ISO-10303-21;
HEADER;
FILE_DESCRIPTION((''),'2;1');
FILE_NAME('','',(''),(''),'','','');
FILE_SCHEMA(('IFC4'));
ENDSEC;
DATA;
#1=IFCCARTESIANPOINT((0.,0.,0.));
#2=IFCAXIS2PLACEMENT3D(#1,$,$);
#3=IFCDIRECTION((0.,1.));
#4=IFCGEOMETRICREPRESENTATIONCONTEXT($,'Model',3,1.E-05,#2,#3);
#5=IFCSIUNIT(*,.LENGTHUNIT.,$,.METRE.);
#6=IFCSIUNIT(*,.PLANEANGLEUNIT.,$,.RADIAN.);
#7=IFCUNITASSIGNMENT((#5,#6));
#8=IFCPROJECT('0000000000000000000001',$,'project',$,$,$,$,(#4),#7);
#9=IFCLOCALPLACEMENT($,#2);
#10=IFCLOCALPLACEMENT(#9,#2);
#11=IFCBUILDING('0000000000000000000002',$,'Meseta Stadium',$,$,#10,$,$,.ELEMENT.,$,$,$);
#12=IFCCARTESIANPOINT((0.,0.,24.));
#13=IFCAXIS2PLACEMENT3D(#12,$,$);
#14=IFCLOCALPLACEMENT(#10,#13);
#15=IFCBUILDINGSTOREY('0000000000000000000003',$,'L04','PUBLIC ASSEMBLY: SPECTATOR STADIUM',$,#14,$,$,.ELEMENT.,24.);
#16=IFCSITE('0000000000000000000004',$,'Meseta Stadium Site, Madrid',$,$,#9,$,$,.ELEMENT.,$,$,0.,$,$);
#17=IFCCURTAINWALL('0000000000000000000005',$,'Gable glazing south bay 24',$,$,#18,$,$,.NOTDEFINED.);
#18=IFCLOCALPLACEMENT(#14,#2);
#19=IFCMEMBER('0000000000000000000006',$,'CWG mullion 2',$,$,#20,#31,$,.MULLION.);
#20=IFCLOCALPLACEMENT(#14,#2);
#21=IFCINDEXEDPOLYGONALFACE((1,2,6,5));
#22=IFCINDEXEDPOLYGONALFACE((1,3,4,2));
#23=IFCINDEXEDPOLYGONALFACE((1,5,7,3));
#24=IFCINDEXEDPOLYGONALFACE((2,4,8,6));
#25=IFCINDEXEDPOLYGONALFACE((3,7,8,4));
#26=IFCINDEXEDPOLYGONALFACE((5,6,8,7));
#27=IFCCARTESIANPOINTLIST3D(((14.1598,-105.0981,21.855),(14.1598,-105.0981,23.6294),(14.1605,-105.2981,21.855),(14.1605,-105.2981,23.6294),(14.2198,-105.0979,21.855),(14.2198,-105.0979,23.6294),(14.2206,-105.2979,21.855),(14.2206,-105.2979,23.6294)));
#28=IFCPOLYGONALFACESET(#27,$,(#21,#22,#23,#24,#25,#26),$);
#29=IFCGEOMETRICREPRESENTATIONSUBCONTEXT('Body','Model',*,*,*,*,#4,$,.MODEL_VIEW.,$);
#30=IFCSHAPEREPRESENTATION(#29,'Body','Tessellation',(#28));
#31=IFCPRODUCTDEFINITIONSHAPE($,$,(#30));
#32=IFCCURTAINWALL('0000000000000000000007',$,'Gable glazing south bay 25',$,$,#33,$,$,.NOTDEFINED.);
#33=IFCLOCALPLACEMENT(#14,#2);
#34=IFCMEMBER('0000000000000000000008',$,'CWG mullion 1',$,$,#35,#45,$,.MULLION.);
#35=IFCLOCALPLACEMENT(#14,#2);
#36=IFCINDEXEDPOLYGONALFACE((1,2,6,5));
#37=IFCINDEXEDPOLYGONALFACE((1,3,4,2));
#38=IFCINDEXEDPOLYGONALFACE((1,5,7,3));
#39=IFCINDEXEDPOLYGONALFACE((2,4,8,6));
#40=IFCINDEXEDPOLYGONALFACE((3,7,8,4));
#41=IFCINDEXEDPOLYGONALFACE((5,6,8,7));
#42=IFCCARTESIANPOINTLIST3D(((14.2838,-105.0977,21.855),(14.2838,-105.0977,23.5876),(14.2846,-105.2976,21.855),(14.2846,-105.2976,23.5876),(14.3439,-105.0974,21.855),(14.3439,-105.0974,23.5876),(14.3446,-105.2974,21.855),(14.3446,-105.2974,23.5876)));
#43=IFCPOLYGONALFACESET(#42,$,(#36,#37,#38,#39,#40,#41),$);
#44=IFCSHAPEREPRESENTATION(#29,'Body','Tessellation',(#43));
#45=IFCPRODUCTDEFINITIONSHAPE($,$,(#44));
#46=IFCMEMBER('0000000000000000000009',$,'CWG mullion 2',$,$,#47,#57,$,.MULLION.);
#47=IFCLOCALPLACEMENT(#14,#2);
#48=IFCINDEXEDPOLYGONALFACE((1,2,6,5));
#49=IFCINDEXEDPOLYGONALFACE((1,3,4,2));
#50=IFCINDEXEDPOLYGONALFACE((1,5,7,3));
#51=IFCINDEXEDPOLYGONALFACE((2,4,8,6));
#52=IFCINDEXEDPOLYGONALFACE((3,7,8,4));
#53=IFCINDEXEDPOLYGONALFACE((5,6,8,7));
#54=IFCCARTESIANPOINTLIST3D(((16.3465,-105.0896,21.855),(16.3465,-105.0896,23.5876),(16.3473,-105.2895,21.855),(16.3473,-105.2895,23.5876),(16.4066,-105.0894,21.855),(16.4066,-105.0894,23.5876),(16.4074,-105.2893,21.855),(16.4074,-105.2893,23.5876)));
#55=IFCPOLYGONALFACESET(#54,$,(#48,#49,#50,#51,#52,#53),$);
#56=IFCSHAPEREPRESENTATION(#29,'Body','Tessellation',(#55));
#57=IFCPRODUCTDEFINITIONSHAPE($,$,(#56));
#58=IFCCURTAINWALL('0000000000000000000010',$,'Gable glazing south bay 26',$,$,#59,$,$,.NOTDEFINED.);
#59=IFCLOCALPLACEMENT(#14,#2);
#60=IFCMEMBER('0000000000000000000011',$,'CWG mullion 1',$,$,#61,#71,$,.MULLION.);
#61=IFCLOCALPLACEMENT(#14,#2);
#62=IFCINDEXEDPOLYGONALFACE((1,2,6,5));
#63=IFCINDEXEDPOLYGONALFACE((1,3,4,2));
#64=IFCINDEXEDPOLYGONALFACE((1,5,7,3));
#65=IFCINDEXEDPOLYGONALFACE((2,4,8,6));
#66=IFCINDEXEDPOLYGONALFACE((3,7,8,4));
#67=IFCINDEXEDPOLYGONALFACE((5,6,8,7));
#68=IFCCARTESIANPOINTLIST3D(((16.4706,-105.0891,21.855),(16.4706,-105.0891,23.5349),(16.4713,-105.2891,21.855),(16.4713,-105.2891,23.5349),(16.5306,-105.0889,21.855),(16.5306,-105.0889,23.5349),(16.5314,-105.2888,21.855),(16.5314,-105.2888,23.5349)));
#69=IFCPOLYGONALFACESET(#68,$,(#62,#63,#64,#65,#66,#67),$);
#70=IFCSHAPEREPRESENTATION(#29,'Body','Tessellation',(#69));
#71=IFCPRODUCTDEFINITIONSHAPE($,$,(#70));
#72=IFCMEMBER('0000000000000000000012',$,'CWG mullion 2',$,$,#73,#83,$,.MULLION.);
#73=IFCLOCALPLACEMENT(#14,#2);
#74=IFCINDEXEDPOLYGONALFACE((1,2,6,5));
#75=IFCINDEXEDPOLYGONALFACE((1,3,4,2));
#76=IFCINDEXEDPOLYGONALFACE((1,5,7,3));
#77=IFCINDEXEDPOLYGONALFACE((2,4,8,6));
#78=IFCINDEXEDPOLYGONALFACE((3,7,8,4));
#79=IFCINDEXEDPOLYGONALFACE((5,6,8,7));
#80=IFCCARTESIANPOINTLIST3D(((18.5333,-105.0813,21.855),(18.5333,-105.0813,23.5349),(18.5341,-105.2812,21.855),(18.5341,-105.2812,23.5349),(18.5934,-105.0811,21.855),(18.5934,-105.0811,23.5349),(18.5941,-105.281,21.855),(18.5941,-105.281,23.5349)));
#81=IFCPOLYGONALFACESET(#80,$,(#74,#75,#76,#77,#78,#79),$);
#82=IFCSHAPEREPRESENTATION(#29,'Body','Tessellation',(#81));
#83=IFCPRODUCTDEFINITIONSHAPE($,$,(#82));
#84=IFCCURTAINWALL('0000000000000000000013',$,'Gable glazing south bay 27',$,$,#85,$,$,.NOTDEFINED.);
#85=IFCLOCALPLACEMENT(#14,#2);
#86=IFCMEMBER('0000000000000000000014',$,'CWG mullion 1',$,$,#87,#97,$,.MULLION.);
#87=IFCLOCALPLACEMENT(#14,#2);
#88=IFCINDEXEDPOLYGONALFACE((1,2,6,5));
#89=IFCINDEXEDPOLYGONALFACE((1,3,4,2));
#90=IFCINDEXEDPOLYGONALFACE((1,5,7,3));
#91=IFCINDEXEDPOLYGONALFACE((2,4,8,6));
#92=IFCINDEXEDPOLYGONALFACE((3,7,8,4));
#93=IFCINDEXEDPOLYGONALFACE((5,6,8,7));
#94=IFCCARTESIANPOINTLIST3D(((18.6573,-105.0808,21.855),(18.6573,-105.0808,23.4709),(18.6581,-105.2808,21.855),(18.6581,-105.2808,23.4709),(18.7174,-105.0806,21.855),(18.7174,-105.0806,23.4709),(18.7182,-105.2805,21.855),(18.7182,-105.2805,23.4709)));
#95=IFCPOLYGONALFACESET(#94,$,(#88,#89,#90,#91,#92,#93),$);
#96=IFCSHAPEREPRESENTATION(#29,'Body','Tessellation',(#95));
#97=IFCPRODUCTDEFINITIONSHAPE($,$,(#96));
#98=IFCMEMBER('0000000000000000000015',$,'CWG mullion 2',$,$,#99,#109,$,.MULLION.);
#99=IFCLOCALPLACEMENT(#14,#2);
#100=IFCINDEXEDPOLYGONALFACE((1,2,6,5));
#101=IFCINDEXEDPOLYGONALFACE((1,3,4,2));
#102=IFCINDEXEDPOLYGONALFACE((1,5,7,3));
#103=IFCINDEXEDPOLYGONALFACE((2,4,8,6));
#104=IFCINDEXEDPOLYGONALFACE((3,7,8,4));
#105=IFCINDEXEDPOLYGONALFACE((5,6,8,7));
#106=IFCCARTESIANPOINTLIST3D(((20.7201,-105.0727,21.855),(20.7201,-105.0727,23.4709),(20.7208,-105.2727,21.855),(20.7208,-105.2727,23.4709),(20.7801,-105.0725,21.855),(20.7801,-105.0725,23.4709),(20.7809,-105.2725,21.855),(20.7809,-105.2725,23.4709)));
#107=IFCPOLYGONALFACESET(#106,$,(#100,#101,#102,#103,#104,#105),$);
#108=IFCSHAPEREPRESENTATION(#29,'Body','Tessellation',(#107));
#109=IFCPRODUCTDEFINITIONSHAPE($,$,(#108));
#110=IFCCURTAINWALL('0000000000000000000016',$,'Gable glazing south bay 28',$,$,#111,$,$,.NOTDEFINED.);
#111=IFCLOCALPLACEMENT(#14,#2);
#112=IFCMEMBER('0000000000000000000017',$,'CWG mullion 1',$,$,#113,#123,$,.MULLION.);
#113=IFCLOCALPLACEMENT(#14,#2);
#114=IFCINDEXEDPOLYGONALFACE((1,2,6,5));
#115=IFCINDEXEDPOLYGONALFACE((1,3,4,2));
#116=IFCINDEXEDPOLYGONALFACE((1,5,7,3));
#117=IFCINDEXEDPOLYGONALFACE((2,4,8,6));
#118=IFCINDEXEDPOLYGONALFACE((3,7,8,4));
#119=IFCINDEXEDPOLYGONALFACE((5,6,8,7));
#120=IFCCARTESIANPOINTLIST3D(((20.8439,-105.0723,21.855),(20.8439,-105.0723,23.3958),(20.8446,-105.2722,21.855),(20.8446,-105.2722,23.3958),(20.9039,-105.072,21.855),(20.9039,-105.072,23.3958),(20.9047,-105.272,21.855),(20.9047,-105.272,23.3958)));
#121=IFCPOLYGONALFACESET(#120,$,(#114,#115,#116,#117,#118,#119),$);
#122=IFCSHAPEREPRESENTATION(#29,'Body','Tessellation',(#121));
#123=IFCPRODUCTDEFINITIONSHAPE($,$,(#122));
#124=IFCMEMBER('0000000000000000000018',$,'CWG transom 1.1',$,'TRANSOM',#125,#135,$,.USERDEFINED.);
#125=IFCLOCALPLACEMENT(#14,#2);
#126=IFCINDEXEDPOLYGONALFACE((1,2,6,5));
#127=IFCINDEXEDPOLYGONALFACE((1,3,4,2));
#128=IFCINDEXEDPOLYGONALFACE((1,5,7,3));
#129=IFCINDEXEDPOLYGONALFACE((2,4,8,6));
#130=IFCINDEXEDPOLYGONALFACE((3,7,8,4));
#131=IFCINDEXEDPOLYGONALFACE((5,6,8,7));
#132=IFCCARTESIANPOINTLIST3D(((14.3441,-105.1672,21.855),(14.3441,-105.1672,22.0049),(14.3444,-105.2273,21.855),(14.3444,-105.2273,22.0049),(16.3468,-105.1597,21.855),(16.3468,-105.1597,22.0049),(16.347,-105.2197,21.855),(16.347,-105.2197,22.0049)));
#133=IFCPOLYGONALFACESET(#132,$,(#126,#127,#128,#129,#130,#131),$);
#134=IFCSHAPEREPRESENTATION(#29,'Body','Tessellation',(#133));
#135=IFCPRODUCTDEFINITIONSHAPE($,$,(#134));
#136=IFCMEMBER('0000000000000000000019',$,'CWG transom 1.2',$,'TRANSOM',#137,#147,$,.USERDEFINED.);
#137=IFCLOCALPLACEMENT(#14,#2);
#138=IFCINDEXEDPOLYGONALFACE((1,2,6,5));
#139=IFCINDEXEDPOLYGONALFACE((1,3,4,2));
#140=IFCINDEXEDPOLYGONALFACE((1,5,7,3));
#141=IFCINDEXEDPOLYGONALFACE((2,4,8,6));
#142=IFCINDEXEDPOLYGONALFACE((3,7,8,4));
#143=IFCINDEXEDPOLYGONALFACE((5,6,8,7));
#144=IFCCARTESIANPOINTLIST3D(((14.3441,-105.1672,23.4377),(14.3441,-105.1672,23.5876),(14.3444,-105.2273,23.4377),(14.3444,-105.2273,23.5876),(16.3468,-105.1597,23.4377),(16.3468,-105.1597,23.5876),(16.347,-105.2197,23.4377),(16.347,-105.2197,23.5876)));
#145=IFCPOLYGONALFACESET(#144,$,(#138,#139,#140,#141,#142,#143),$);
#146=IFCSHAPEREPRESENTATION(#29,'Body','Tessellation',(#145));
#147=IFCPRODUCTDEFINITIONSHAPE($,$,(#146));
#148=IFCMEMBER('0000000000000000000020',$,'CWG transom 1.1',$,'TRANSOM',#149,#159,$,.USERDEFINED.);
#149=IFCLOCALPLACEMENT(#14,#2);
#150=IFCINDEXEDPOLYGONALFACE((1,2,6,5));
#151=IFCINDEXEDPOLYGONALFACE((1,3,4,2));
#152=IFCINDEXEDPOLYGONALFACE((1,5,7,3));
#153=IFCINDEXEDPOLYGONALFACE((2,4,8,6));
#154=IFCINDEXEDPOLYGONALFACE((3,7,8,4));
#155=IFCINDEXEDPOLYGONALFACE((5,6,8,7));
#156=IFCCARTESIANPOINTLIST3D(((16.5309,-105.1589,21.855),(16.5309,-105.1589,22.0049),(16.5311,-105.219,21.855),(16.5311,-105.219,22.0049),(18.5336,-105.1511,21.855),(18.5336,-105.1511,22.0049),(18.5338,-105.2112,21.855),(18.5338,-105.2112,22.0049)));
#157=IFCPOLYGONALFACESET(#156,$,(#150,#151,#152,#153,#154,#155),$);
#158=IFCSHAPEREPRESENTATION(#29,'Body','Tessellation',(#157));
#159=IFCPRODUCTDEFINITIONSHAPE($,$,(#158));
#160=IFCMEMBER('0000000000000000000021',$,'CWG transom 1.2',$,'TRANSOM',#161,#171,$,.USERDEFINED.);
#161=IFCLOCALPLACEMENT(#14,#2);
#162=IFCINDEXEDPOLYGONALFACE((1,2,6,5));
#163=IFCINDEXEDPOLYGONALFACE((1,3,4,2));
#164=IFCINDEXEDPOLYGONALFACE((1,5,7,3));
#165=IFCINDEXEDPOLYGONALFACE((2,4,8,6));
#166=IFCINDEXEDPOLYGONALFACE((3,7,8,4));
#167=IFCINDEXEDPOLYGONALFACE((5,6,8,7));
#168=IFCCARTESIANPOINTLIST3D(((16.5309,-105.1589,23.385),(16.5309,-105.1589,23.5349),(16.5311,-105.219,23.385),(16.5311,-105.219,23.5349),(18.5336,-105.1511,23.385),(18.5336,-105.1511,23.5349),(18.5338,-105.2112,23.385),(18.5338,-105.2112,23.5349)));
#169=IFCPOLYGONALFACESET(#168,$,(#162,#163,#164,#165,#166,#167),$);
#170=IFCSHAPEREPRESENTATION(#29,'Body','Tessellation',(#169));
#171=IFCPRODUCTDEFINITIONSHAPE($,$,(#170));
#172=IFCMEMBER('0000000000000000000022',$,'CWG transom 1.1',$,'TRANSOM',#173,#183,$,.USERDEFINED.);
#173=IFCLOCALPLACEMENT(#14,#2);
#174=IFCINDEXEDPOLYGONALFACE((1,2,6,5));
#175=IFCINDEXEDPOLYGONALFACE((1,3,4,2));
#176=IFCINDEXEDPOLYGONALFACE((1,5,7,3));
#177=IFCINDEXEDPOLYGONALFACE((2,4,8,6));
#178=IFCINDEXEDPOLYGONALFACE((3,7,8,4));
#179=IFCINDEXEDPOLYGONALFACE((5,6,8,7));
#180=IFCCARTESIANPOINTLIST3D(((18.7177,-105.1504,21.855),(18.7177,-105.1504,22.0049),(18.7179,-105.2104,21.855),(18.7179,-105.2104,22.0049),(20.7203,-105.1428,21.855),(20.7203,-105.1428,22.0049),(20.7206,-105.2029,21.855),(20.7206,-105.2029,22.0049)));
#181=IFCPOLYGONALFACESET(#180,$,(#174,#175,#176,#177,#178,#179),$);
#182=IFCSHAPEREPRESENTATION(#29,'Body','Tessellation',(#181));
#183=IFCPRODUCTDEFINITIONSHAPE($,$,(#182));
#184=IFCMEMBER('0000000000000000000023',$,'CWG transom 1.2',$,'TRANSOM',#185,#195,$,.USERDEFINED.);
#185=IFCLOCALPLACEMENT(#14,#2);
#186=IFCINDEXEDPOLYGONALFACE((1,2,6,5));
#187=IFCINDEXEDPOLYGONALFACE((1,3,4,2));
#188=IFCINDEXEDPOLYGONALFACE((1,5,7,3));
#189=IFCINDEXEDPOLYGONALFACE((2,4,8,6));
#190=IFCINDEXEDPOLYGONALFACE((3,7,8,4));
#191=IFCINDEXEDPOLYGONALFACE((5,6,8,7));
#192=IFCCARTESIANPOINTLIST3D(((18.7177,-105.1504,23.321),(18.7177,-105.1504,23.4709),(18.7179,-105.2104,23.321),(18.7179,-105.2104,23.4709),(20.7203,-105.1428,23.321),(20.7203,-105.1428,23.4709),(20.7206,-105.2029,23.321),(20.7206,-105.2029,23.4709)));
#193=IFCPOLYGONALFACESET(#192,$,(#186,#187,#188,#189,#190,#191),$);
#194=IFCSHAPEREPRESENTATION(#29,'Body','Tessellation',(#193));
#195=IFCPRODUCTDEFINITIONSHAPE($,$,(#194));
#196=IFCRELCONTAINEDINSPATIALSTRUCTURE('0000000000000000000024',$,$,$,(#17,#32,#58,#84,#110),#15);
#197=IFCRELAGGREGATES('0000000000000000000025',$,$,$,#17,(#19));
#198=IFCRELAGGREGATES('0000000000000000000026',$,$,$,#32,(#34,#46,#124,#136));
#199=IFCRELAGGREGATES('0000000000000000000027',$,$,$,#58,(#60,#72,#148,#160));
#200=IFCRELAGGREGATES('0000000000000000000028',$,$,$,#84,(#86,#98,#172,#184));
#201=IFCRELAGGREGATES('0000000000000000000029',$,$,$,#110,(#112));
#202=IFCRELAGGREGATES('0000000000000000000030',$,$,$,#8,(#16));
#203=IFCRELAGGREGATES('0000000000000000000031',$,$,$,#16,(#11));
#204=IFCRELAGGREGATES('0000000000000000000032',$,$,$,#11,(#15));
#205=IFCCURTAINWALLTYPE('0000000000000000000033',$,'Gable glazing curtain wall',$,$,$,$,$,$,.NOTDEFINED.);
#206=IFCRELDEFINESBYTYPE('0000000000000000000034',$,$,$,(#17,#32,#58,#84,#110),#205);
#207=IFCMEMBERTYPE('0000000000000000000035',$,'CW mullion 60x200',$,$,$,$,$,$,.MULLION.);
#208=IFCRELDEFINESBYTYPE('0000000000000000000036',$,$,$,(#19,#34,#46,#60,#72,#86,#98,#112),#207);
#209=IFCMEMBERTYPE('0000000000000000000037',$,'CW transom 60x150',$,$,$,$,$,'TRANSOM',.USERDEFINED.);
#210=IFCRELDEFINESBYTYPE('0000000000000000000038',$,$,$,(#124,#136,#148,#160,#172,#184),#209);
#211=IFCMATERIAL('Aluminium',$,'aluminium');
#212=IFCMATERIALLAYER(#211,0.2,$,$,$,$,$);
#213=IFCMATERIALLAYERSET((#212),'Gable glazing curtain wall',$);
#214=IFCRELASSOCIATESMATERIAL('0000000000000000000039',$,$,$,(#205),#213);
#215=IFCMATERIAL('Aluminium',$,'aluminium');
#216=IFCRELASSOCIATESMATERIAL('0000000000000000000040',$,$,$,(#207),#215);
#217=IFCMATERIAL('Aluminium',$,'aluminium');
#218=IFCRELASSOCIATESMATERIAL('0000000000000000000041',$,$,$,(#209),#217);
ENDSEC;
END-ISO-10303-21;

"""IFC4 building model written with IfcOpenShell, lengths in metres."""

from ifc_helpers import new_model, si_unit, direction, frame, origin, origin_2d, place, context, subcontext, project, spatial, rectangle, extrude, material, layer, layer_set, material_profile, profile_set, type_object, element, aggregate, save


model = new_model("IFC4")

# Units and contexts
model_context = context("Model", 3, precision=1e-05, world=origin(), true_north=direction((0.0, 1.0)))
body_context = subcontext(model_context, "Body", "Model", "MODEL_VIEW")
ifc_project = project(units=[si_unit("LENGTHUNIT", "METRE"), si_unit("PLANEANGLEUNIT", "RADIAN")], contexts=[model_context])

# Site, building, storey
site_placement = place(None, origin())
site = spatial("IfcSite", under=ifc_project, at=site_placement, Name="Meseta Stadium Site, Madrid", CompositionType="ELEMENT", RefElevation=0.0)
building_placement = place(site_placement, origin())
building = spatial("IfcBuilding", under=site, at=building_placement, Name="Meseta Stadium", CompositionType="ELEMENT")
storey_placement = place(building_placement, frame((0.0, 0.0, 24.0)))
storey = spatial("IfcBuildingStorey", under=building, at=storey_placement, Name="L04", Description="PUBLIC ASSEMBLY: SPECTATOR STADIUM", CompositionType="ELEMENT", Elevation=24.0)

# Curtain wall, member
ifc_material_1 = material(Name="Aluminium", Category="aluminium")
ifc_layer_1 = layer(ifc_material_1, 0.2)
ifc_layer_set_1 = layer_set([ifc_layer_1], Name="Gable glazing curtain wall")
curtain_wall_type = type_object("IfcCurtainWallType", Name="Gable glazing curtain wall", PredefinedType="NOTDEFINED", material=ifc_layer_set_1)
curtain_wall_1_placement = place(storey_placement, origin())
curtain_wall_1 = element("IfcCurtainWall", 1, at=curtain_wall_1_placement, inside=storey, type_object=curtain_wall_type, Name="Gable glazing south bay 24", PredefinedType="NOTDEFINED")
ifc_material_2 = material(Name="Aluminium", Category="aluminium")
ifc_material_profile_1 = material_profile(ifc_material_2, rectangle(XDim=0.2, YDim=0.0601, at=origin_2d()), Name="CW 200x60")
ifc_profile_set_1 = profile_set([ifc_material_profile_1], Name="Aluminium")
member_type_1 = type_object("IfcMemberType", Name="CW mullion 60x200", PredefinedType="MULLION", material=ifc_profile_set_1)
member_1_placement = place(storey_placement, frame((14.1902, -105.198, 21.855), z_axis=(0.0, 0.0, 1.0), x_axis=(-0.003848, 0.999993, 0.0)))
member_1 = element("IfcMember", 2, at=member_1_placement, type_object=member_type_1, Name="CWG mullion 2", PredefinedType="MULLION", context=body_context, shape_type="SweptSolid", body=[
    extrude(rectangle(XDim=0.2, YDim=0.0601, at=origin_2d()), origin(), (0.0, 0.0, 1.0), 1.7744),
])
aggregate(curtain_wall_1, [member_1])

# Curtain walls, members
curtain_wall_2_placement = place(storey_placement, origin())
curtain_wall_2 = element("IfcCurtainWall", 3, at=curtain_wall_2_placement, inside=storey, type_object=curtain_wall_type, Name="Gable glazing south bay 25", PredefinedType="NOTDEFINED")
member_2_placement = place(storey_placement, frame((14.3142, -105.1975, 21.855), z_axis=(0.0, 0.0, 1.0), x_axis=(-0.003848, 0.999993, 0.0)))
member_2 = element("IfcMember", 4, at=member_2_placement, type_object=member_type_1, Name="CWG mullion 1", PredefinedType="MULLION", context=body_context, shape_type="SweptSolid", body=[
    extrude(rectangle(XDim=0.2, YDim=0.0601, at=origin_2d()), origin(), (0.0, 0.0, 1.0), 1.7327),
])
member_3_placement = place(storey_placement, frame((16.377, -105.1895, 21.855), z_axis=(0.0, 0.0, 1.0), x_axis=(-0.003848, 0.999993, 0.0)))
member_3 = element("IfcMember", 5, at=member_3_placement, type_object=member_type_1, Name="CWG mullion 2", PredefinedType="MULLION", context=body_context, shape_type="SweptSolid", body=[
    extrude(rectangle(XDim=0.2, YDim=0.0601, at=origin_2d()), origin(), (0.0, 0.0, 1.0), 1.7327),
])
curtain_wall_3_placement = place(storey_placement, origin())
curtain_wall_3 = element("IfcCurtainWall", 6, at=curtain_wall_3_placement, inside=storey, type_object=curtain_wall_type, Name="Gable glazing south bay 26", PredefinedType="NOTDEFINED")
member_4_placement = place(storey_placement, frame((16.501, -105.189, 21.855), z_axis=(0.0, 0.0, 1.0), x_axis=(-0.003848, 0.999993, 0.0)))
member_4 = element("IfcMember", 7, at=member_4_placement, type_object=member_type_1, Name="CWG mullion 1", PredefinedType="MULLION", context=body_context, shape_type="SweptSolid", body=[
    extrude(rectangle(XDim=0.2, YDim=0.0601, at=origin_2d()), origin(), (0.0, 0.0, 1.0), 1.6799),
])
member_5_placement = place(storey_placement, frame((18.5637, -105.1812, 21.855), z_axis=(0.0, 0.0, 1.0), x_axis=(-0.003848, 0.999993, 0.0)))
member_5 = element("IfcMember", 8, at=member_5_placement, type_object=member_type_1, Name="CWG mullion 2", PredefinedType="MULLION", context=body_context, shape_type="SweptSolid", body=[
    extrude(rectangle(XDim=0.2, YDim=0.0601, at=origin_2d()), origin(), (0.0, 0.0, 1.0), 1.6799),
])
curtain_wall_4_placement = place(storey_placement, origin())
curtain_wall_4 = element("IfcCurtainWall", 9, at=curtain_wall_4_placement, inside=storey, type_object=curtain_wall_type, Name="Gable glazing south bay 27", PredefinedType="NOTDEFINED")
member_6_placement = place(storey_placement, frame((18.6877, -105.1807, 21.855), z_axis=(0.0, 0.0, 1.0), x_axis=(-0.003848, 0.999993, 0.0)))
member_6 = element("IfcMember", 10, at=member_6_placement, type_object=member_type_1, Name="CWG mullion 1", PredefinedType="MULLION", context=body_context, shape_type="SweptSolid", body=[
    extrude(rectangle(XDim=0.2, YDim=0.0601, at=origin_2d()), origin(), (0.0, 0.0, 1.0), 1.616),
])
member_7_placement = place(storey_placement, frame((20.7505, -105.1726, 21.855), z_axis=(0.0, 0.0, 1.0), x_axis=(-0.003848, 0.999993, 0.0)))
member_7 = element("IfcMember", 11, at=member_7_placement, type_object=member_type_1, Name="CWG mullion 2", PredefinedType="MULLION", context=body_context, shape_type="SweptSolid", body=[
    extrude(rectangle(XDim=0.2, YDim=0.0601, at=origin_2d()), origin(), (0.0, 0.0, 1.0), 1.616),
])

# Curtain wall, member
curtain_wall_5_placement = place(storey_placement, origin())
curtain_wall_5 = element("IfcCurtainWall", 12, at=curtain_wall_5_placement, inside=storey, type_object=curtain_wall_type, Name="Gable glazing south bay 28", PredefinedType="NOTDEFINED")
member_8_placement = place(storey_placement, frame((20.8743, -105.1721, 21.855), z_axis=(0.0, 0.0, 1.0), x_axis=(-0.003848, 0.999993, 0.0)))
member_8 = element("IfcMember", 13, at=member_8_placement, type_object=member_type_1, Name="CWG mullion 1", PredefinedType="MULLION", context=body_context, shape_type="SweptSolid", body=[
    extrude(rectangle(XDim=0.2, YDim=0.0601, at=origin_2d()), origin(), (0.0, 0.0, 1.0), 1.5408),
])

# Members
ifc_material_3 = material(Name="Aluminium", Category="aluminium")
ifc_material_profile_2 = material_profile(ifc_material_3, rectangle(XDim=0.0601, YDim=0.1499, at=origin_2d()), Name="CW 60x150")
ifc_profile_set_2 = profile_set([ifc_material_profile_2], Name="Aluminium")
member_type_2 = type_object("IfcMemberType", Name="CW transom 60x150", ElementType="TRANSOM", PredefinedType="USERDEFINED", material=ifc_profile_set_2)
member_9_placement = place(storey_placement, frame((14.3442, -105.1973, 21.9299), z_axis=(0.999993, 0.003779, 0.0), x_axis=(-0.003779, 0.999993, 0.0)))
member_9 = element("IfcMember", 14, at=member_9_placement, type_object=member_type_2, Name="CWG transom 1.1", ObjectType="TRANSOM", PredefinedType="USERDEFINED", context=body_context, shape_type="SweptSolid", body=[
    extrude(rectangle(XDim=0.0601, YDim=0.1499, at=origin_2d()), origin(), (0.0, 0.0, 1.0), 2.0027),
])
member_10_placement = place(storey_placement, frame((14.3442, -105.1973, 23.5127), z_axis=(0.999993, 0.003779, 0.0), x_axis=(-0.003779, 0.999993, 0.0)))
member_10 = element("IfcMember", 15, at=member_10_placement, type_object=member_type_2, Name="CWG transom 1.2", ObjectType="TRANSOM", PredefinedType="USERDEFINED", context=body_context, shape_type="SweptSolid", body=[
    extrude(rectangle(XDim=0.0601, YDim=0.1499, at=origin_2d()), origin(), (0.0, 0.0, 1.0), 2.0027),
])
member_11_placement = place(storey_placement, frame((16.531, -105.189, 21.9299), z_axis=(0.999992, 0.003901, 0.0), x_axis=(-0.003901, 0.999992, 0.0)))
member_11 = element("IfcMember", 16, at=member_11_placement, type_object=member_type_2, Name="CWG transom 1.1", ObjectType="TRANSOM", PredefinedType="USERDEFINED", context=body_context, shape_type="SweptSolid", body=[
    extrude(rectangle(XDim=0.0601, YDim=0.1499, at=origin_2d()), origin(), (0.0, 0.0, 1.0), 2.0027),
])
member_12_placement = place(storey_placement, frame((16.531, -105.189, 23.46), z_axis=(0.999992, 0.003901, 0.0), x_axis=(-0.003901, 0.999992, 0.0)))
member_12 = element("IfcMember", 17, at=member_12_placement, type_object=member_type_2, Name="CWG transom 1.2", ObjectType="TRANSOM", PredefinedType="USERDEFINED", context=body_context, shape_type="SweptSolid", body=[
    extrude(rectangle(XDim=0.0601, YDim=0.1499, at=origin_2d()), origin(), (0.0, 0.0, 1.0), 2.0027),
])
member_13_placement = place(storey_placement, frame((18.7178, -105.1804, 21.9299), z_axis=(0.999993, 0.003779, 0.0), x_axis=(-0.003779, 0.999993, 0.0)))
member_13 = element("IfcMember", 18, at=member_13_placement, type_object=member_type_2, Name="CWG transom 1.1", ObjectType="TRANSOM", PredefinedType="USERDEFINED", context=body_context, shape_type="SweptSolid", body=[
    extrude(rectangle(XDim=0.0601, YDim=0.1499, at=origin_2d()), origin(), (0.0, 0.0, 1.0), 2.0027),
])
member_14_placement = place(storey_placement, frame((18.7178, -105.1804, 23.396), z_axis=(0.999993, 0.003779, 0.0), x_axis=(-0.003779, 0.999993, 0.0)))
member_14 = element("IfcMember", 19, at=member_14_placement, type_object=member_type_2, Name="CWG transom 1.2", ObjectType="TRANSOM", PredefinedType="USERDEFINED", context=body_context, shape_type="SweptSolid", body=[
    extrude(rectangle(XDim=0.0601, YDim=0.1499, at=origin_2d()), origin(), (0.0, 0.0, 1.0), 2.0027),
])

aggregate(curtain_wall_2, [member_2, member_3, member_9, member_10])
aggregate(curtain_wall_3, [member_4, member_5, member_11, member_12])
aggregate(curtain_wall_4, [member_6, member_7, member_13, member_14])
aggregate(curtain_wall_5, [member_8])

save(model, "model.ifc")
